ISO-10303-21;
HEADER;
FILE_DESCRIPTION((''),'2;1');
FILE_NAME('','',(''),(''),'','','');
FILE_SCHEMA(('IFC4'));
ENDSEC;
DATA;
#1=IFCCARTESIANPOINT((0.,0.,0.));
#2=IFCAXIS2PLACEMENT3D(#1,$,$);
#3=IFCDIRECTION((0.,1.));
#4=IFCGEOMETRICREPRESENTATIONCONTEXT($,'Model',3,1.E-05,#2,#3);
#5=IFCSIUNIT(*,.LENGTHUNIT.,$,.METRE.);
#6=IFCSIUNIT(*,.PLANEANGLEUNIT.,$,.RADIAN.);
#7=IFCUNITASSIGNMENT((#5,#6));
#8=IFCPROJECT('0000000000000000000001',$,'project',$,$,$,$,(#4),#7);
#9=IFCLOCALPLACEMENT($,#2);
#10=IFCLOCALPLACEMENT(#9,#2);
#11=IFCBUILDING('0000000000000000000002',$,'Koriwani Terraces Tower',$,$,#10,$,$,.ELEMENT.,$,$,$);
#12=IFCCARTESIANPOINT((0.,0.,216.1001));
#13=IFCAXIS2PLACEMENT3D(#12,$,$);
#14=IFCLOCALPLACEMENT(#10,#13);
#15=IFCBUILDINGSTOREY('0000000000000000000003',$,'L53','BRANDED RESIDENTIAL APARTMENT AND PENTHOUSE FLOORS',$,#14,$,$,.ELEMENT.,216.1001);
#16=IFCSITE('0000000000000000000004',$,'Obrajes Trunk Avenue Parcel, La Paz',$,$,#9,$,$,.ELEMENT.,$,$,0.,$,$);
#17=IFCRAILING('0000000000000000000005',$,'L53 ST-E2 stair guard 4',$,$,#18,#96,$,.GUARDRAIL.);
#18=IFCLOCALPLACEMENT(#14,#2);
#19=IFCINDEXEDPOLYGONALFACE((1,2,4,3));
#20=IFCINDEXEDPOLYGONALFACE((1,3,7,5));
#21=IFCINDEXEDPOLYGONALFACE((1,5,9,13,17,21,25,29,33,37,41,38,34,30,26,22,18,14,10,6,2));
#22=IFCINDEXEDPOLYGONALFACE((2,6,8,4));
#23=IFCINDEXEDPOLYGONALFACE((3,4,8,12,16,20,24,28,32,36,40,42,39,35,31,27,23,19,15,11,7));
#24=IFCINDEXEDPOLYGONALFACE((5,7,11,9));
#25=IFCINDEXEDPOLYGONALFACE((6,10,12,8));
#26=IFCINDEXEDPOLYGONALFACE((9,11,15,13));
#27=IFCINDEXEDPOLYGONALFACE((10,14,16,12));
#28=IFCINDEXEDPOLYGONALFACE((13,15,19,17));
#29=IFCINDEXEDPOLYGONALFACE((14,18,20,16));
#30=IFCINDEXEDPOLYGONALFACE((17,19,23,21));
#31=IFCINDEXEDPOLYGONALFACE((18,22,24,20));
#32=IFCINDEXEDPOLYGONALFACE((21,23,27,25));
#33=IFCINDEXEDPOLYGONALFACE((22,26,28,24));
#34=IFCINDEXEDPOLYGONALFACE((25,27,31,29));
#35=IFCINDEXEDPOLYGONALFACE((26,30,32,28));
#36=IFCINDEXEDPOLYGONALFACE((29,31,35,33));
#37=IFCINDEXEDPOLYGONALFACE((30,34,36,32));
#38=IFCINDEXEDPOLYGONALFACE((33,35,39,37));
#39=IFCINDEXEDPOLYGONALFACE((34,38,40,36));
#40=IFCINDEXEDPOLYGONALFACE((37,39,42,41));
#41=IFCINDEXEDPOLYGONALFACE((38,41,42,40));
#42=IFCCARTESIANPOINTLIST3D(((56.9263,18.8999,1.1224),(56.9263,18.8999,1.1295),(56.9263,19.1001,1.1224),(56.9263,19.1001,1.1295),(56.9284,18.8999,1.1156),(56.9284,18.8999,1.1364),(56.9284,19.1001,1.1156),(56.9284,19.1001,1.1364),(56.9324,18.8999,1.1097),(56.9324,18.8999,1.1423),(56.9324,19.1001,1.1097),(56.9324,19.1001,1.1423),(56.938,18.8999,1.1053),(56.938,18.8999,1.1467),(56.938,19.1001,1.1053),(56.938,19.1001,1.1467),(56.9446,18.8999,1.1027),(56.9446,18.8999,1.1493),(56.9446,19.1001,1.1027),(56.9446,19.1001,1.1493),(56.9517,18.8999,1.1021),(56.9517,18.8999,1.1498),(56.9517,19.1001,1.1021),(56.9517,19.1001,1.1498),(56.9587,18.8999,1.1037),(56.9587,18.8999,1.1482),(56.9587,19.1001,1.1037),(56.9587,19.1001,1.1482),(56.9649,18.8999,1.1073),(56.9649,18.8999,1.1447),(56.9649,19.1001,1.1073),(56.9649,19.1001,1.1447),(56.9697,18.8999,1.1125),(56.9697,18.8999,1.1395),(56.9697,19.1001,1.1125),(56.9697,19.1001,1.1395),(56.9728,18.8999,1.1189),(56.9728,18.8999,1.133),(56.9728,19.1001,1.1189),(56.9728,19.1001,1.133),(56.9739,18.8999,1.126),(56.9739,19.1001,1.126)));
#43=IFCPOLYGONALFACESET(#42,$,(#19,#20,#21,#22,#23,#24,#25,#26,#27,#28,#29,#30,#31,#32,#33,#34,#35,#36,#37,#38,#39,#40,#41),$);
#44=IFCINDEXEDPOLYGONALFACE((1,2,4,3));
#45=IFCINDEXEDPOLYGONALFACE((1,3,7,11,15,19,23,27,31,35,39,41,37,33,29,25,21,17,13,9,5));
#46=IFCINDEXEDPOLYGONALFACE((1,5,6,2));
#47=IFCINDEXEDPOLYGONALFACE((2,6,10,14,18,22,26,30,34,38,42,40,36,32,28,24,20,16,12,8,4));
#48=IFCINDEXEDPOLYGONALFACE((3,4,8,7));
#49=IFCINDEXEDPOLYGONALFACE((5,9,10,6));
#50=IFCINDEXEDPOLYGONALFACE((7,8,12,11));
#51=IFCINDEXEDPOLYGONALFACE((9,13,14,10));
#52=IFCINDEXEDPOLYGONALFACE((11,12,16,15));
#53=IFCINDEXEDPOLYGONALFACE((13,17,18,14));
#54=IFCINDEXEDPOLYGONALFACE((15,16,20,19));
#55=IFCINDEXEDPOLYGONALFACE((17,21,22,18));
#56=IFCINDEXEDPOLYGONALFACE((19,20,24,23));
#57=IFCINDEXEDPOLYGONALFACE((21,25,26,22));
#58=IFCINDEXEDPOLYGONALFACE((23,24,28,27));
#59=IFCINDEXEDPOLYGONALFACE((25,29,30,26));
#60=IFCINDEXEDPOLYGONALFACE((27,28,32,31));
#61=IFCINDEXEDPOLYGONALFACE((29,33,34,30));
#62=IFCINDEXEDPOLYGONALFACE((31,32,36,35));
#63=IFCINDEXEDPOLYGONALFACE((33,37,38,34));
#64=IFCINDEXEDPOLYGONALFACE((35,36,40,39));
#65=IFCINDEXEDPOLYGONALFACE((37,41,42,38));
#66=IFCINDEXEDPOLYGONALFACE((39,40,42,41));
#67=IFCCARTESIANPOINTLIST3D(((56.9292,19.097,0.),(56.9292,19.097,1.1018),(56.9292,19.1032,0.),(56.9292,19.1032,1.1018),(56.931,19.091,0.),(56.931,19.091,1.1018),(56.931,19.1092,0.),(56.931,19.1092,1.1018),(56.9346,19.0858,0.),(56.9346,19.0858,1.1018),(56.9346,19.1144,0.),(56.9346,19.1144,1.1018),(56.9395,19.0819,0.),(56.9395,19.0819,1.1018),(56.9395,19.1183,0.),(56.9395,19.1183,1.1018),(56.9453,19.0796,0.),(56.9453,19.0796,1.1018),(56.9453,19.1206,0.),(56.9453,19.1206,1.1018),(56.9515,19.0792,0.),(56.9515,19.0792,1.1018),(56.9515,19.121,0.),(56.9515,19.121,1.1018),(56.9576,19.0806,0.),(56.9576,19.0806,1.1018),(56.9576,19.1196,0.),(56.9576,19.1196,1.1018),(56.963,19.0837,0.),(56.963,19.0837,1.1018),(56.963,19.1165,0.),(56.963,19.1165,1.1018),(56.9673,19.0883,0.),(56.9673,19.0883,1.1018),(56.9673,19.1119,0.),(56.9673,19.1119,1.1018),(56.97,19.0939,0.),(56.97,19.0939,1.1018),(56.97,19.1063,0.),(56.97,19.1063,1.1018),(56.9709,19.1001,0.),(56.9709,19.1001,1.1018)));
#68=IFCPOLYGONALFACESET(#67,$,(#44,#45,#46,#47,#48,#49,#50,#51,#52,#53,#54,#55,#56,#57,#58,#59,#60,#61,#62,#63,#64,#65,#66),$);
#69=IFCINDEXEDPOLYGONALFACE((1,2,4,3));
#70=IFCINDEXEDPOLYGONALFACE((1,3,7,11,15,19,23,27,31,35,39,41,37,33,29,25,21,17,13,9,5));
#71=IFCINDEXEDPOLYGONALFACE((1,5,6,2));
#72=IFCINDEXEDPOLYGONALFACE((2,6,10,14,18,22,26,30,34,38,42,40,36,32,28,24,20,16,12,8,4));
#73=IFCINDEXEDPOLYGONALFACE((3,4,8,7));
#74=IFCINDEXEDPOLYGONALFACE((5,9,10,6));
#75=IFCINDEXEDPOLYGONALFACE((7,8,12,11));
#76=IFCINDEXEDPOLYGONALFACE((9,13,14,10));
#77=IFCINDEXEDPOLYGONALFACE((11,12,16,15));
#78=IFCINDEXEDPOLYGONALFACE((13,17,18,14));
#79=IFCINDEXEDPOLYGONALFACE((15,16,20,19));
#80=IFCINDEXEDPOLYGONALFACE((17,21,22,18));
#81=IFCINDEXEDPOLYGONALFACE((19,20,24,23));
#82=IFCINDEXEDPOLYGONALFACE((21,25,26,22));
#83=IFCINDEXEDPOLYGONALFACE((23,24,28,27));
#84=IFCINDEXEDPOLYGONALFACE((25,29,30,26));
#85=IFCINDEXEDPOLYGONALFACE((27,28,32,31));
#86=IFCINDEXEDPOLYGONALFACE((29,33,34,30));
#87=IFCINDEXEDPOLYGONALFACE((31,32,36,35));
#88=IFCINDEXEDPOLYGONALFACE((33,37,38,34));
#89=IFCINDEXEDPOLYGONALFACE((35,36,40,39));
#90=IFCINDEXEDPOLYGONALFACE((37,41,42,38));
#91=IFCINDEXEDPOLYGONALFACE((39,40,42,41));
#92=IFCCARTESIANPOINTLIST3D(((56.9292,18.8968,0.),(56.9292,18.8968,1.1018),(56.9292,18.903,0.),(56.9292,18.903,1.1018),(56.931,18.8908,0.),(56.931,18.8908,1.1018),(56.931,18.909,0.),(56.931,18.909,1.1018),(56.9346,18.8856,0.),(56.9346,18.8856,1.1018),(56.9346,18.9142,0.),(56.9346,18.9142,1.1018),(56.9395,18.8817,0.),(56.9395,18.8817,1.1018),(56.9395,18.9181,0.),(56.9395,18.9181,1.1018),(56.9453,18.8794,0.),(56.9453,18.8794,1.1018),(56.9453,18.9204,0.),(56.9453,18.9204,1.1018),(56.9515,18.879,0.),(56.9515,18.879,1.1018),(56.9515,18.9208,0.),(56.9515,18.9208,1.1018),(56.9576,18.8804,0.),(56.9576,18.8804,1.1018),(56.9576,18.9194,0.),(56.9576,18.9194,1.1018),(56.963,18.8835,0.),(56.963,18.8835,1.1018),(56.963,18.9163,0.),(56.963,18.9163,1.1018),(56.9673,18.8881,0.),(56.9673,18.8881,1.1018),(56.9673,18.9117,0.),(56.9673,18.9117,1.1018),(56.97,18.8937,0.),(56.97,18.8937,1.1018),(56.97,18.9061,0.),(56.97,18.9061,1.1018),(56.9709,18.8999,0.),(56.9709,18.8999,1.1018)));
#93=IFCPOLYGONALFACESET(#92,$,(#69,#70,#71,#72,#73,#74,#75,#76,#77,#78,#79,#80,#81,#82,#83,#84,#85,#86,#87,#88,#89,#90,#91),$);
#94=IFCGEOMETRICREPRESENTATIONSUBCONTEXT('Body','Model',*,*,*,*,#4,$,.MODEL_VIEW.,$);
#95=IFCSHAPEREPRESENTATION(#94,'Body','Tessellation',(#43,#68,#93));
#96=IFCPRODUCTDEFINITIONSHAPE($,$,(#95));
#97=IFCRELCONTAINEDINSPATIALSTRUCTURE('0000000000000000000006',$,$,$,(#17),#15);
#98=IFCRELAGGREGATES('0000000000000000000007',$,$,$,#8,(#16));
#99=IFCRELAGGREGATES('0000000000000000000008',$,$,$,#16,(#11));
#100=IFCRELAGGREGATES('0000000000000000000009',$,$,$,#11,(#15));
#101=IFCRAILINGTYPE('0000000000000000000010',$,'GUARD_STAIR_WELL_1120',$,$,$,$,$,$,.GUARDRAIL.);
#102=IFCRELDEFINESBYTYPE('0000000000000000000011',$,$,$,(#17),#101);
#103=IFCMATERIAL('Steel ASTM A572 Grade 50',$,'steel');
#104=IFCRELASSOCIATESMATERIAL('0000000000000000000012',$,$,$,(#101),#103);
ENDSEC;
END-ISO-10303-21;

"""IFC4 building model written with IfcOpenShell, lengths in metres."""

from ifc_helpers import new_model, si_unit, direction, frame, origin, origin_2d, place, context, subcontext, project, spatial, circle, extrude, material, type_object, element, save


model = new_model("IFC4")

# Units and contexts
model_context = context("Model", 3, precision=1e-05, world=origin(), true_north=direction((0.0, 1.0)))
body_context = subcontext(model_context, "Body", "Model", "MODEL_VIEW")
ifc_project = project(units=[si_unit("LENGTHUNIT", "METRE"), si_unit("PLANEANGLEUNIT", "RADIAN")], contexts=[model_context])

# Site, building, storey
site_placement = place(None, origin())
site = spatial("IfcSite", under=ifc_project, at=site_placement, Name="Obrajes Trunk Avenue Parcel, La Paz", CompositionType="ELEMENT", RefElevation=0.0)
building_placement = place(site_placement, origin())
building = spatial("IfcBuilding", under=site, at=building_placement, Name="Koriwani Terraces Tower", CompositionType="ELEMENT")
storey_placement = place(building_placement, frame((0.0, 0.0, 216.1001)))
storey = spatial("IfcBuildingStorey", under=building, at=storey_placement, Name="L53", Description="BRANDED RESIDENTIAL APARTMENT AND PENTHOUSE FLOORS", CompositionType="ELEMENT", Elevation=216.1001)

# Shared definitions
ifc_material_1 = material(Name="Steel ASTM A572 Grade 50", Category="steel")

# Railing
railing_type_1 = type_object("IfcRailingType", Name="GUARD_STAIR_WELL_1120", PredefinedType="GUARDRAIL", material=ifc_material_1)
railing_1_placement = place(storey_placement, frame((56.95, 19.1001, 0.0)))
element("IfcRailing", 1, at=railing_1_placement, inside=storey, type_object=railing_type_1, Name="L53 ST-E2 stair guard 4", PredefinedType="GUARDRAIL", context=body_context, shape_type="SweptSolid", body=[
    extrude(circle(Radius=0.0239, at=origin_2d()), frame((0.0, 0.0, 1.126), z_axis=(0.0, -1.0, 0.0), x_axis=(1.0, 0.0, 0.0)), (0.0, 0.0, 1.0), 0.2002),
    extrude(circle(Radius=0.021, at=origin_2d()), origin(), (0.0, 0.0, 1.0), 1.1018),
    extrude(circle(Radius=0.021, at=origin_2d()), frame((0.0, -0.2002, 0.0)), (0.0, 0.0, 1.0), 1.1018),
])

save(model, "model.ifc")
